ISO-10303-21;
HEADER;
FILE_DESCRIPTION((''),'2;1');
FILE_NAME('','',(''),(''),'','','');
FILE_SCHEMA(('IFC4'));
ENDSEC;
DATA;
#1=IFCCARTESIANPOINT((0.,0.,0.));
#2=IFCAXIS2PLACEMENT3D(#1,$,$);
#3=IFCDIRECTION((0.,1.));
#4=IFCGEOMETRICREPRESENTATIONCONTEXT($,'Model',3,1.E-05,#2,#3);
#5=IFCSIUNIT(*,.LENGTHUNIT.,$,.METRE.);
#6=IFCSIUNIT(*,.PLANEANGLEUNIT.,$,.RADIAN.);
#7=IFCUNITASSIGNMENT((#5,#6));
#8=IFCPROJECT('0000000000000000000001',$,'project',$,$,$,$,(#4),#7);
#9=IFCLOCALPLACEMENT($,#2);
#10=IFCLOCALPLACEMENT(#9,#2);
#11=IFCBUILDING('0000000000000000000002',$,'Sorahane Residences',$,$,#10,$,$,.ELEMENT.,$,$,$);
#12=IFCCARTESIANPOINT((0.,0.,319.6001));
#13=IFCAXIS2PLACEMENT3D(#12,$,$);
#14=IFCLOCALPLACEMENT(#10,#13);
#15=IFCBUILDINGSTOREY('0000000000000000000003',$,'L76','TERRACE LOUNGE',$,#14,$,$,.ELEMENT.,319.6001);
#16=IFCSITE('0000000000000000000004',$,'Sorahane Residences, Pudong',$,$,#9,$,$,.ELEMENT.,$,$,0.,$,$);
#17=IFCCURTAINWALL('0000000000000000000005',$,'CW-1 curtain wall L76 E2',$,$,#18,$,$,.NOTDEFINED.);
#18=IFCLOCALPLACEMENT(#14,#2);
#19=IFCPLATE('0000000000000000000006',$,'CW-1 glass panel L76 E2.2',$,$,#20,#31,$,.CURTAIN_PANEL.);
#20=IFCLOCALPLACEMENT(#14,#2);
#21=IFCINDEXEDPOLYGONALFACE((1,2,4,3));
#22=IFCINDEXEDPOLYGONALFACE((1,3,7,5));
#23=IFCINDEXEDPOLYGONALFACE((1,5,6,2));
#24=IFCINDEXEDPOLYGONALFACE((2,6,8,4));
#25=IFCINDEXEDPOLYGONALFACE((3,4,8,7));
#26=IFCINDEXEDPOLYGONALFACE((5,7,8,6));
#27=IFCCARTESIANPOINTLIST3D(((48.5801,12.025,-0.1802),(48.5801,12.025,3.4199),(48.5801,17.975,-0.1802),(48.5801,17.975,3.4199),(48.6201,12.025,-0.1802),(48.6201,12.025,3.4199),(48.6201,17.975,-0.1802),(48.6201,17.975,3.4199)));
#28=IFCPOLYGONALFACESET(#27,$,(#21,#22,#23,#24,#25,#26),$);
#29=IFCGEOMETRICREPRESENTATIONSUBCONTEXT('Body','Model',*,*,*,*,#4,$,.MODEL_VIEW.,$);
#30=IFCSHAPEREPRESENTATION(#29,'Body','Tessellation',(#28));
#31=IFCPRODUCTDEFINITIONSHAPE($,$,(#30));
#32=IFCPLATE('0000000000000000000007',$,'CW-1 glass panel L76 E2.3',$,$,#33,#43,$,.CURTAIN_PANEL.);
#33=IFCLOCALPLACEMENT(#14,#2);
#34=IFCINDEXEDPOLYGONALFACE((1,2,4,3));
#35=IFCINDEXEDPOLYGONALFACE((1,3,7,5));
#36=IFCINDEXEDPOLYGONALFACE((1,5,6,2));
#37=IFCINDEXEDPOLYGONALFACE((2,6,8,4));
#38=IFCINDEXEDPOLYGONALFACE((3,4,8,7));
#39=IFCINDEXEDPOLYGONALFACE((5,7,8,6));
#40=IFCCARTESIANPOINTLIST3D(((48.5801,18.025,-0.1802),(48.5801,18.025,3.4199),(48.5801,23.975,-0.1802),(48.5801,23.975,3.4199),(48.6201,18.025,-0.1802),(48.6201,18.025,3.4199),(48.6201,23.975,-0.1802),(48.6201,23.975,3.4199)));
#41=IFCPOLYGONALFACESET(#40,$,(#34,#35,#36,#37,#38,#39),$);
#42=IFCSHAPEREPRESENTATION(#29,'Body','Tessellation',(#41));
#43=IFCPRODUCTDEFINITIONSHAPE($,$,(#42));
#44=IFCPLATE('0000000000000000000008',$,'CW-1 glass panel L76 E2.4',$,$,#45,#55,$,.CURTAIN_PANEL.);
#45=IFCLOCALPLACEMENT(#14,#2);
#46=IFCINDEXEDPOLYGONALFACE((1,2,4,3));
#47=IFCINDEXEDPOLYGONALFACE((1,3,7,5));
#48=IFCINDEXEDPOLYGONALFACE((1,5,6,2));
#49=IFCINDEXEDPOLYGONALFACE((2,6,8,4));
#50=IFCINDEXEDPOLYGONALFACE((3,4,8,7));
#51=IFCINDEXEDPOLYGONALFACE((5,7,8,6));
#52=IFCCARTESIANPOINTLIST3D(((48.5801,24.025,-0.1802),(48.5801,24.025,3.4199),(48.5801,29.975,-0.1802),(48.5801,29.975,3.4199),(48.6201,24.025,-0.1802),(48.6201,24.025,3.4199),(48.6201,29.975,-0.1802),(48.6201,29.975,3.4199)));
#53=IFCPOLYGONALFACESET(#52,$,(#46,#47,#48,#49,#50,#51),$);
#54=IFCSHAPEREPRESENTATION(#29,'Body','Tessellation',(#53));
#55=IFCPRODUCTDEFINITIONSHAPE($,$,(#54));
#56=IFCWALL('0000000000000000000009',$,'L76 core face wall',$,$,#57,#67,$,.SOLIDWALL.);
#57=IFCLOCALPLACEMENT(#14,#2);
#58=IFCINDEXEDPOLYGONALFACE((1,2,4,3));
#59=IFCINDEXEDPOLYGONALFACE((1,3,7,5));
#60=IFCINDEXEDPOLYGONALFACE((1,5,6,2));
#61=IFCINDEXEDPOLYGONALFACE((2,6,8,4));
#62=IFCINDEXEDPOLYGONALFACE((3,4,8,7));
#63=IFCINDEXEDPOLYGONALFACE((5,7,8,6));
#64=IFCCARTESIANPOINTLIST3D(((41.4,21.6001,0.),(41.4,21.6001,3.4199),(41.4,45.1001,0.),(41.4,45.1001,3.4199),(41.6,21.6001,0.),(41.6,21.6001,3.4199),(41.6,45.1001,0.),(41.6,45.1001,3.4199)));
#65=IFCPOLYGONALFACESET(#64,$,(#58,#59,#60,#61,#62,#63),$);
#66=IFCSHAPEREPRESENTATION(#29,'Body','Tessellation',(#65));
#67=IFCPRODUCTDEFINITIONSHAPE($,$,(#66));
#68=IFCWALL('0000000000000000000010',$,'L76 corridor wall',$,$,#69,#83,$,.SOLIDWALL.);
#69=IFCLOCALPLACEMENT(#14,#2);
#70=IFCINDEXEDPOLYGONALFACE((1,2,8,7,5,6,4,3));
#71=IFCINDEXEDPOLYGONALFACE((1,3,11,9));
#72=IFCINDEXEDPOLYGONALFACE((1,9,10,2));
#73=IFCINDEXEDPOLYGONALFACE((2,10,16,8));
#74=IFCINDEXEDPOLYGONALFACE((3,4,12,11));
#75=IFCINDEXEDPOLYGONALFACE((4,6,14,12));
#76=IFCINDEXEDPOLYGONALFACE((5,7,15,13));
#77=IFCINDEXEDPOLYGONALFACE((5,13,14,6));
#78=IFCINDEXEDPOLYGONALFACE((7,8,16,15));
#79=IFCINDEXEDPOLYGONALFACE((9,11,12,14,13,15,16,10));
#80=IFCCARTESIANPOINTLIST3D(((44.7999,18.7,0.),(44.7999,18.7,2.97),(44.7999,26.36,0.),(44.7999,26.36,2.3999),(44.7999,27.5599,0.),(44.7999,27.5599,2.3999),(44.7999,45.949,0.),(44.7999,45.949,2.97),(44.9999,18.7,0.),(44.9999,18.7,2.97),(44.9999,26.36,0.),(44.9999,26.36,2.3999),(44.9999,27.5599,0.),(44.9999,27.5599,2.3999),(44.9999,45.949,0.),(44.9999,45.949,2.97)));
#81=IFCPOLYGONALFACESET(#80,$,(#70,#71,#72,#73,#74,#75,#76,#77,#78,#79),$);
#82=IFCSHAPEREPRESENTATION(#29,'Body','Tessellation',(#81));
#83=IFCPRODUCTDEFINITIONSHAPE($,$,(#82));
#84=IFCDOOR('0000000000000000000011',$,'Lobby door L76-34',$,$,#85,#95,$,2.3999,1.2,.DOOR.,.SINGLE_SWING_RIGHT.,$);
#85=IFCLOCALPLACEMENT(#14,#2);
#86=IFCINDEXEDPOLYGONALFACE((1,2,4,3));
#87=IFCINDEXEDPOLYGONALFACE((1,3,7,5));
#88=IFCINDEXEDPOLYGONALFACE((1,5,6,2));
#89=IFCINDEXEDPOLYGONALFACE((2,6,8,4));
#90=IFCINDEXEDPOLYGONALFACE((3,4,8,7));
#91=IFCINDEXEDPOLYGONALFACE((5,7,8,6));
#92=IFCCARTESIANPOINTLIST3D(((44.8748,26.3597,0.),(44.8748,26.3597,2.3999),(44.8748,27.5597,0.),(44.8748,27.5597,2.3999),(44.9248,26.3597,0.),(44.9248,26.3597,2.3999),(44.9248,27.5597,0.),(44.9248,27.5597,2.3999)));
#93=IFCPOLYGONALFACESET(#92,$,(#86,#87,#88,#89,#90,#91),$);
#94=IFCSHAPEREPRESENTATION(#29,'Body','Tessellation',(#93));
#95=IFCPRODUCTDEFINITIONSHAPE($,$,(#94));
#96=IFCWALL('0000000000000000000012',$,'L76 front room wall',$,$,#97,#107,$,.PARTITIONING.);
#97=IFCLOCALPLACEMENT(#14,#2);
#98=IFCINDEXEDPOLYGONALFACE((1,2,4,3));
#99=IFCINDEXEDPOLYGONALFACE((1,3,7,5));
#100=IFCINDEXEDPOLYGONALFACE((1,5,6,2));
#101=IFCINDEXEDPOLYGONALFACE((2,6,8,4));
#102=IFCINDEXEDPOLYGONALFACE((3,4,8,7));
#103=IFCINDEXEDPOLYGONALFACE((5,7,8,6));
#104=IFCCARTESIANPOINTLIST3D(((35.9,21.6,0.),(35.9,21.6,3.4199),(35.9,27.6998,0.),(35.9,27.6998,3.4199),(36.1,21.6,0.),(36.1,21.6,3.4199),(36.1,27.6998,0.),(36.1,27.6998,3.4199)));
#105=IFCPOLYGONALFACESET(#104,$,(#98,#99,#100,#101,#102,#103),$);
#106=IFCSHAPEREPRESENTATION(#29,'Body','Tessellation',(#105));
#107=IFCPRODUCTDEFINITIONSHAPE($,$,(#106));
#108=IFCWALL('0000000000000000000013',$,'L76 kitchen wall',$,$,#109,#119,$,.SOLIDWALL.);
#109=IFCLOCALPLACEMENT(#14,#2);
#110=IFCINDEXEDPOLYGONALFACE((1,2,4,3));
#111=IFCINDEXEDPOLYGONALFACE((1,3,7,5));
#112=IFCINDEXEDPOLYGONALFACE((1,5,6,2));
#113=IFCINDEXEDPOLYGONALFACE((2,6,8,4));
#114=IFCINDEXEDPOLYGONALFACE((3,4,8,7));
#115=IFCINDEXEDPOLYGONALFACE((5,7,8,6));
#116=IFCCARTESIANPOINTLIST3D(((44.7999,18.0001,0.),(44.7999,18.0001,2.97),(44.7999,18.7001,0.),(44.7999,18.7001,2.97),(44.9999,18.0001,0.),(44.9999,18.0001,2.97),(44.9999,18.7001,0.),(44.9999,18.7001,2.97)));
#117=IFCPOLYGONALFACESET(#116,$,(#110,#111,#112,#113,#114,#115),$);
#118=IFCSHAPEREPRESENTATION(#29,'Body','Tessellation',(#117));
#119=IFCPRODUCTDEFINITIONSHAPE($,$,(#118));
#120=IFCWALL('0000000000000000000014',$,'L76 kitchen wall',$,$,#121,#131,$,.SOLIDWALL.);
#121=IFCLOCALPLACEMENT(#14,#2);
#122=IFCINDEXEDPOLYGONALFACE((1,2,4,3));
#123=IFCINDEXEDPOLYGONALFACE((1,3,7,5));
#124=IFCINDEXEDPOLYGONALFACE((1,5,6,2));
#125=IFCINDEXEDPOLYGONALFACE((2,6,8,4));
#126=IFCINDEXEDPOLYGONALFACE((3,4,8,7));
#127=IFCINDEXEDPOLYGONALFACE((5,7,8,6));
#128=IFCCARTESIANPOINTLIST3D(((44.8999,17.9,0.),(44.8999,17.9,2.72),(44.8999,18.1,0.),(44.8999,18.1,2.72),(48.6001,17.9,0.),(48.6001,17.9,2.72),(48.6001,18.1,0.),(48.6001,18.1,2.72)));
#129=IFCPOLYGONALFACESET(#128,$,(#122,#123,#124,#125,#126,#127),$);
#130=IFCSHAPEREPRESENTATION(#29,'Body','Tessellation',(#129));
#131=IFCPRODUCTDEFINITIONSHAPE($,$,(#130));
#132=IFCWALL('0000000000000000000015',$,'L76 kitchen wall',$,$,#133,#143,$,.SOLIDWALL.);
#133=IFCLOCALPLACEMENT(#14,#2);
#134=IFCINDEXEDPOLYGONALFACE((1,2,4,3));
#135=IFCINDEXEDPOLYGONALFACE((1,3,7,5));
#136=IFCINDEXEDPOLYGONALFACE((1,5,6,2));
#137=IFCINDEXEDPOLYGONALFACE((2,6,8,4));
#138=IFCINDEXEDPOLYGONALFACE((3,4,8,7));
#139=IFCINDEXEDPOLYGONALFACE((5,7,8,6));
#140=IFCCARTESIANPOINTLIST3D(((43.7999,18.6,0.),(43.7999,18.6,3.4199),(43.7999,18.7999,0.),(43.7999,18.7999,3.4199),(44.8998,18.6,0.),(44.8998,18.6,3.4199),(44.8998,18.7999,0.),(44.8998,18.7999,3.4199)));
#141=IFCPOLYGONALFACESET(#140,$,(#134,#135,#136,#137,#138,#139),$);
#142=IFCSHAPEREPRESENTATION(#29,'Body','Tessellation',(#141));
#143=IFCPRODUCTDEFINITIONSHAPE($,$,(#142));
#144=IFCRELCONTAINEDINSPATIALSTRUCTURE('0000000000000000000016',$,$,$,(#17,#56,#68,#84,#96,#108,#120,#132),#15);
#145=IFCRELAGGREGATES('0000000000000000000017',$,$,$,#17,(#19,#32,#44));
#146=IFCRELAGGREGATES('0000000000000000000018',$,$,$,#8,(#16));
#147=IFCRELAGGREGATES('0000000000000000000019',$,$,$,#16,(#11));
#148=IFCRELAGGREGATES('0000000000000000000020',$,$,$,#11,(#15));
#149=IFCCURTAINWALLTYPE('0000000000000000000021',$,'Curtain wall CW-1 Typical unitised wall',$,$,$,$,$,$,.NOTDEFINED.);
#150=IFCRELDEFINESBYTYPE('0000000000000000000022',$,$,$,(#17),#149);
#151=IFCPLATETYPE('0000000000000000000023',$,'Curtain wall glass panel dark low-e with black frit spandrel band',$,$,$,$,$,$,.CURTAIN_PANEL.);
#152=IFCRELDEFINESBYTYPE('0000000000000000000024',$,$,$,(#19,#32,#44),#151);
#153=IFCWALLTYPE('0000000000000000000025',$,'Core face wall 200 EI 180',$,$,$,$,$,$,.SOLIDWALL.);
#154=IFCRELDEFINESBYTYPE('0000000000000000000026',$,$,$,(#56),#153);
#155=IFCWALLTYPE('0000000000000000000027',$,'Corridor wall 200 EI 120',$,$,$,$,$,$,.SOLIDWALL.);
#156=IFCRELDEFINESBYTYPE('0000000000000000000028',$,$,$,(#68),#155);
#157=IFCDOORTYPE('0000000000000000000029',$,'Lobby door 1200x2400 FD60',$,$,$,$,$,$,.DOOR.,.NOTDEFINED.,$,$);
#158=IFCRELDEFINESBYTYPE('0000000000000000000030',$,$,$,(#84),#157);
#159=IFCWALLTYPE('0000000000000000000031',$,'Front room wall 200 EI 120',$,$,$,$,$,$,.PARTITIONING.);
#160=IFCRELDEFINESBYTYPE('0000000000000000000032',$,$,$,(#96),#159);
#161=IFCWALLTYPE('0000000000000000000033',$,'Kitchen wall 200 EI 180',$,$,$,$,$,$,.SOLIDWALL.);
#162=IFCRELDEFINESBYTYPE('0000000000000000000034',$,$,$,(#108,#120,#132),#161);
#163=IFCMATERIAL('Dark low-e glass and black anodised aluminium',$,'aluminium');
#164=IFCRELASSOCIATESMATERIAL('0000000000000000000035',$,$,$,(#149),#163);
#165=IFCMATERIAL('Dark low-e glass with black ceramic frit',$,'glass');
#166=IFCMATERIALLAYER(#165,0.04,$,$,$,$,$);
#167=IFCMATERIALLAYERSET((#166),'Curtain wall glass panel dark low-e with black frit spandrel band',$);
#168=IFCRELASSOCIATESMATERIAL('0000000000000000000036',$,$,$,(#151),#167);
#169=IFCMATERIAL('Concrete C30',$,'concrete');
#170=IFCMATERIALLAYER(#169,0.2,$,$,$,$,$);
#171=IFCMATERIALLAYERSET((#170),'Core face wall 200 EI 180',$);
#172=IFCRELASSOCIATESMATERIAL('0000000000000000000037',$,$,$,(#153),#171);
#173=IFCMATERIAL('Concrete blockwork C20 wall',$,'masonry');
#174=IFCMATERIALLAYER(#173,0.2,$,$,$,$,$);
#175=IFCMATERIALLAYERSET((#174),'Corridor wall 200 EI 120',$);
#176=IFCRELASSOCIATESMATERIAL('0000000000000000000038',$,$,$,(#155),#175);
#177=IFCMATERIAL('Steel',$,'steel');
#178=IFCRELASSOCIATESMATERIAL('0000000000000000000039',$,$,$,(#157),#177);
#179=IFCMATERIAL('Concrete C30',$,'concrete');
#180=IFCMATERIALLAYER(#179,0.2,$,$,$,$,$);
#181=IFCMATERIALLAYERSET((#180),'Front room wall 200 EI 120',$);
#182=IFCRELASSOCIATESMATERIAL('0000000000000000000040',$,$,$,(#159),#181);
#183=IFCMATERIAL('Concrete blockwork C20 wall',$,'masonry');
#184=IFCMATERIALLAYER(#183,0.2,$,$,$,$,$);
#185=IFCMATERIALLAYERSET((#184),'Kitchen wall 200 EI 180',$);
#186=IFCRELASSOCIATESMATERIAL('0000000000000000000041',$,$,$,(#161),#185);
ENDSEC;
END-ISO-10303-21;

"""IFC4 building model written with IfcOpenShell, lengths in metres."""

from ifc_helpers import new_model, si_unit, direction, frame, frame_2d, origin, origin_2d, place, context, subcontext, project, spatial, rectangle, extrude, material, layer, layer_set, type_object, element, fill, aggregate, save


model = new_model("IFC4")

# Units and contexts
model_context = context("Model", 3, precision=1e-05, world=origin(), true_north=direction((0.0, 1.0)))
body_context = subcontext(model_context, "Body", "Model", "MODEL_VIEW")
ifc_project = project(units=[si_unit("LENGTHUNIT", "METRE"), si_unit("PLANEANGLEUNIT", "RADIAN")], contexts=[model_context])

# Site, building, storey
site_placement = place(None, origin())
site = spatial("IfcSite", under=ifc_project, at=site_placement, Name="Sorahane Residences, Pudong", CompositionType="ELEMENT", RefElevation=0.0)
building_placement = place(site_placement, origin())
building = spatial("IfcBuilding", under=site, at=building_placement, Name="Sorahane Residences", CompositionType="ELEMENT")
storey_placement = place(building_placement, frame((0.0, 0.0, 319.6001)))
storey = spatial("IfcBuildingStorey", under=building, at=storey_placement, Name="L76", Description="TERRACE LOUNGE", CompositionType="ELEMENT", Elevation=319.6001)

# Curtain wall
ifc_material_1 = material(Name="Dark low-e glass and black anodised aluminium", Category="aluminium")
curtain_wall_type = type_object("IfcCurtainWallType", Name="Curtain wall CW-1 Typical unitised wall", PredefinedType="NOTDEFINED", material=ifc_material_1)
curtain_wall_placement = place(storey_placement, origin())
curtain_wall = element("IfcCurtainWall", 1, at=curtain_wall_placement, inside=storey, type_object=curtain_wall_type, Name="CW-1 curtain wall L76 E2", PredefinedType="NOTDEFINED")

# Plates
ifc_material_2 = material(Name="Dark low-e glass with black ceramic frit", Category="glass")
ifc_layer_1 = layer(ifc_material_2, 0.04)
ifc_layer_set_1 = layer_set([ifc_layer_1], Name="Curtain wall glass panel dark low-e with black frit spandrel band")
plate_type = type_object("IfcPlateType", Name="Curtain wall glass panel dark low-e with black frit spandrel band", PredefinedType="CURTAIN_PANEL", material=ifc_layer_set_1)
plate_1_placement = place(storey_placement, frame((48.6001, 15.0, -0.1802), z_axis=(0.0, 0.0, 1.0), x_axis=(0.0, 1.0, 0.0)))
plate_1 = element("IfcPlate", 2, at=plate_1_placement, type_object=plate_type, Name="CW-1 glass panel L76 E2.2", PredefinedType="CURTAIN_PANEL", context=body_context, shape_type="SweptSolid", body=[
    extrude(rectangle(XDim=5.95, YDim=0.04, at=origin_2d()), origin(), (0.0, 0.0, 1.0), 3.6001),
])
plate_2_placement = place(storey_placement, frame((48.6001, 21.0, -0.1802), z_axis=(0.0, 0.0, 1.0), x_axis=(0.0, 1.0, 0.0)))
plate_2 = element("IfcPlate", 3, at=plate_2_placement, type_object=plate_type, Name="CW-1 glass panel L76 E2.3", PredefinedType="CURTAIN_PANEL", context=body_context, shape_type="SweptSolid", body=[
    extrude(rectangle(XDim=5.95, YDim=0.04, at=origin_2d()), origin(), (0.0, 0.0, 1.0), 3.6001),
])
plate_3_placement = place(storey_placement, frame((48.6001, 27.0, -0.1802), z_axis=(0.0, 0.0, 1.0), x_axis=(0.0, 1.0, 0.0)))
plate_3 = element("IfcPlate", 4, at=plate_3_placement, type_object=plate_type, Name="CW-1 glass panel L76 E2.4", PredefinedType="CURTAIN_PANEL", context=body_context, shape_type="SweptSolid", body=[
    extrude(rectangle(XDim=5.95, YDim=0.04, at=origin_2d()), origin(), (0.0, 0.0, 1.0), 3.6001),
])
aggregate(curtain_wall, [plate_1, plate_2, plate_3])

# Wall
ifc_material_3 = material(Name="Concrete C30", Category="concrete")
ifc_layer_2 = layer(ifc_material_3, 0.2)
ifc_layer_set_2 = layer_set([ifc_layer_2], Name="Core face wall 200 EI 180")
wall_type_1 = type_object("IfcWallType", Name="Core face wall 200 EI 180", PredefinedType="SOLIDWALL", material=ifc_layer_set_2)
wall_1_placement = place(storey_placement, frame((41.5, 21.6001, 0.0), z_axis=(0.0, 0.0, 1.0), x_axis=(0.0, 1.0, 0.0)))
element("IfcWall", 5, at=wall_1_placement, inside=storey, type_object=wall_type_1, Name="L76 core face wall", PredefinedType="SOLIDWALL", context=body_context, shape_type="SweptSolid", body=[
    extrude(rectangle(XDim=23.5, YDim=0.2, at=frame_2d((11.75, 0.0))), origin(), (0.0, 0.0, 1.0), 3.4199),
])

# Wall, opening, door
ifc_material_4 = material(Name="Concrete blockwork C20 wall", Category="masonry")
ifc_layer_3 = layer(ifc_material_4, 0.2)
ifc_layer_set_3 = layer_set([ifc_layer_3], Name="Corridor wall 200 EI 120")
wall_type_2 = type_object("IfcWallType", Name="Corridor wall 200 EI 120", PredefinedType="SOLIDWALL", material=ifc_layer_set_3)
wall_2_placement = place(storey_placement, frame((44.8999, 18.7, 0.0), z_axis=(0.0, 0.0, 1.0), x_axis=(0.0, 1.0, 0.0)))
wall_2 = element("IfcWall", 6, at=wall_2_placement, inside=storey, type_object=wall_type_2, Name="L76 corridor wall", PredefinedType="SOLIDWALL", context=body_context, shape_type="SweptSolid", body=[
    extrude(rectangle(XDim=27.249, YDim=0.2, at=frame_2d((13.6245, 0.0))), origin(), (0.0, 0.0, 1.0), 2.97),
])
opening_1_placement = place(wall_2_placement, frame((7.6599, 0.0, 0.0)))
opening_1 = element("IfcOpeningElement", 7, at=opening_1_placement, cuts=wall_2, PredefinedType="OPENING", context=body_context, shape_type="SweptSolid", body=[
    extrude(rectangle(XDim=1.2, YDim=2.3999, at=frame_2d((0.6001, 1.2))), frame((0.0, 0.1099, 0.0), z_axis=(0.0, -1.0, 0.0), x_axis=(1.0, 0.0, 0.0)), (0.0, 0.0, 1.0), 0.22),
])
ifc_material_5 = material(Name="Steel", Category="steel")
door_type_1 = type_object("IfcDoorType", Name="Lobby door 1200x2400 FD60", OperationType="NOTDEFINED", PredefinedType="DOOR", material=ifc_material_5)
door_1_placement = place(opening_1_placement, frame((1.2, 0.0, 0.0), z_axis=(0.0, 0.0, 1.0), x_axis=(-1.0, 0.0, 0.0)))
door_1 = element("IfcDoor", 8, at=door_1_placement, inside=storey, type_object=door_type_1, Name="Lobby door L76-34", OperationType="SINGLE_SWING_RIGHT", OverallHeight=2.3999, OverallWidth=1.2, PredefinedType="DOOR", context=body_context, shape_type="SweptSolid", body=[
    extrude(rectangle(XDim=1.2, YDim=2.3999, at=frame_2d((0.6001, 1.2))), frame((0.0, 0.0249, 0.0), z_axis=(0.0, -1.0, 0.0), x_axis=(1.0, 0.0, 0.0)), (0.0, 0.0, 1.0), 0.05),
])
fill(opening_1, door_1)

# Walls
ifc_material_6 = material(Name="Concrete C30", Category="concrete")
ifc_layer_4 = layer(ifc_material_6, 0.2)
ifc_layer_set_4 = layer_set([ifc_layer_4], Name="Front room wall 200 EI 120")
wall_type_3 = type_object("IfcWallType", Name="Front room wall 200 EI 120", PredefinedType="PARTITIONING", material=ifc_layer_set_4)
wall_3_placement = place(storey_placement, frame((36.0, 21.6001, 0.0), z_axis=(0.0, 0.0, 1.0), x_axis=(0.0, 1.0, 0.0)))
element("IfcWall", 9, at=wall_3_placement, inside=storey, type_object=wall_type_3, Name="L76 front room wall", PredefinedType="PARTITIONING", context=body_context, shape_type="SweptSolid", body=[
    extrude(rectangle(XDim=6.0999, YDim=0.2, at=frame_2d((3.0498, 0.0))), origin(), (0.0, 0.0, 1.0), 3.4199),
])
ifc_material_7 = material(Name="Concrete blockwork C20 wall", Category="masonry")
ifc_layer_5 = layer(ifc_material_7, 0.2)
ifc_layer_set_5 = layer_set([ifc_layer_5], Name="Kitchen wall 200 EI 180")
wall_type_4 = type_object("IfcWallType", Name="Kitchen wall 200 EI 180", PredefinedType="SOLIDWALL", material=ifc_layer_set_5)
wall_4_placement = place(storey_placement, frame((44.8999, 18.0, 0.0), z_axis=(0.0, 0.0, 1.0), x_axis=(0.0, 1.0, 0.0)))
element("IfcWall", 10, at=wall_4_placement, inside=storey, type_object=wall_type_4, Name="L76 kitchen wall", PredefinedType="SOLIDWALL", context=body_context, shape_type="SweptSolid", body=[
    extrude(rectangle(XDim=0.7, YDim=0.2, at=frame_2d((0.3501, 0.0))), origin(), (0.0, 0.0, 1.0), 2.97),
])
wall_5_placement = place(storey_placement, frame((44.8999, 18.0, 0.0), z_axis=(0.0, 0.0, 1.0), x_axis=(1.0, 0.0, 0.0)))
element("IfcWall", 11, at=wall_5_placement, inside=storey, type_object=wall_type_4, Name="L76 kitchen wall", PredefinedType="SOLIDWALL", context=body_context, shape_type="SweptSolid", body=[
    extrude(rectangle(XDim=3.7002, YDim=0.2, at=frame_2d((1.8501, 0.0))), origin(), (0.0, 0.0, 1.0), 2.72),
])
wall_6_placement = place(storey_placement, frame((43.8, 18.7, 0.0), z_axis=(0.0, 0.0, 1.0), x_axis=(1.0, 0.0, 0.0)))
element("IfcWall", 12, at=wall_6_placement, inside=storey, type_object=wall_type_4, Name="L76 kitchen wall", PredefinedType="SOLIDWALL", context=body_context, shape_type="SweptSolid", body=[
    extrude(rectangle(XDim=1.0999, YDim=0.2, at=frame_2d((0.5498, 0.0))), origin(), (0.0, 0.0, 1.0), 3.4199),
])

save(model, "model.ifc")
